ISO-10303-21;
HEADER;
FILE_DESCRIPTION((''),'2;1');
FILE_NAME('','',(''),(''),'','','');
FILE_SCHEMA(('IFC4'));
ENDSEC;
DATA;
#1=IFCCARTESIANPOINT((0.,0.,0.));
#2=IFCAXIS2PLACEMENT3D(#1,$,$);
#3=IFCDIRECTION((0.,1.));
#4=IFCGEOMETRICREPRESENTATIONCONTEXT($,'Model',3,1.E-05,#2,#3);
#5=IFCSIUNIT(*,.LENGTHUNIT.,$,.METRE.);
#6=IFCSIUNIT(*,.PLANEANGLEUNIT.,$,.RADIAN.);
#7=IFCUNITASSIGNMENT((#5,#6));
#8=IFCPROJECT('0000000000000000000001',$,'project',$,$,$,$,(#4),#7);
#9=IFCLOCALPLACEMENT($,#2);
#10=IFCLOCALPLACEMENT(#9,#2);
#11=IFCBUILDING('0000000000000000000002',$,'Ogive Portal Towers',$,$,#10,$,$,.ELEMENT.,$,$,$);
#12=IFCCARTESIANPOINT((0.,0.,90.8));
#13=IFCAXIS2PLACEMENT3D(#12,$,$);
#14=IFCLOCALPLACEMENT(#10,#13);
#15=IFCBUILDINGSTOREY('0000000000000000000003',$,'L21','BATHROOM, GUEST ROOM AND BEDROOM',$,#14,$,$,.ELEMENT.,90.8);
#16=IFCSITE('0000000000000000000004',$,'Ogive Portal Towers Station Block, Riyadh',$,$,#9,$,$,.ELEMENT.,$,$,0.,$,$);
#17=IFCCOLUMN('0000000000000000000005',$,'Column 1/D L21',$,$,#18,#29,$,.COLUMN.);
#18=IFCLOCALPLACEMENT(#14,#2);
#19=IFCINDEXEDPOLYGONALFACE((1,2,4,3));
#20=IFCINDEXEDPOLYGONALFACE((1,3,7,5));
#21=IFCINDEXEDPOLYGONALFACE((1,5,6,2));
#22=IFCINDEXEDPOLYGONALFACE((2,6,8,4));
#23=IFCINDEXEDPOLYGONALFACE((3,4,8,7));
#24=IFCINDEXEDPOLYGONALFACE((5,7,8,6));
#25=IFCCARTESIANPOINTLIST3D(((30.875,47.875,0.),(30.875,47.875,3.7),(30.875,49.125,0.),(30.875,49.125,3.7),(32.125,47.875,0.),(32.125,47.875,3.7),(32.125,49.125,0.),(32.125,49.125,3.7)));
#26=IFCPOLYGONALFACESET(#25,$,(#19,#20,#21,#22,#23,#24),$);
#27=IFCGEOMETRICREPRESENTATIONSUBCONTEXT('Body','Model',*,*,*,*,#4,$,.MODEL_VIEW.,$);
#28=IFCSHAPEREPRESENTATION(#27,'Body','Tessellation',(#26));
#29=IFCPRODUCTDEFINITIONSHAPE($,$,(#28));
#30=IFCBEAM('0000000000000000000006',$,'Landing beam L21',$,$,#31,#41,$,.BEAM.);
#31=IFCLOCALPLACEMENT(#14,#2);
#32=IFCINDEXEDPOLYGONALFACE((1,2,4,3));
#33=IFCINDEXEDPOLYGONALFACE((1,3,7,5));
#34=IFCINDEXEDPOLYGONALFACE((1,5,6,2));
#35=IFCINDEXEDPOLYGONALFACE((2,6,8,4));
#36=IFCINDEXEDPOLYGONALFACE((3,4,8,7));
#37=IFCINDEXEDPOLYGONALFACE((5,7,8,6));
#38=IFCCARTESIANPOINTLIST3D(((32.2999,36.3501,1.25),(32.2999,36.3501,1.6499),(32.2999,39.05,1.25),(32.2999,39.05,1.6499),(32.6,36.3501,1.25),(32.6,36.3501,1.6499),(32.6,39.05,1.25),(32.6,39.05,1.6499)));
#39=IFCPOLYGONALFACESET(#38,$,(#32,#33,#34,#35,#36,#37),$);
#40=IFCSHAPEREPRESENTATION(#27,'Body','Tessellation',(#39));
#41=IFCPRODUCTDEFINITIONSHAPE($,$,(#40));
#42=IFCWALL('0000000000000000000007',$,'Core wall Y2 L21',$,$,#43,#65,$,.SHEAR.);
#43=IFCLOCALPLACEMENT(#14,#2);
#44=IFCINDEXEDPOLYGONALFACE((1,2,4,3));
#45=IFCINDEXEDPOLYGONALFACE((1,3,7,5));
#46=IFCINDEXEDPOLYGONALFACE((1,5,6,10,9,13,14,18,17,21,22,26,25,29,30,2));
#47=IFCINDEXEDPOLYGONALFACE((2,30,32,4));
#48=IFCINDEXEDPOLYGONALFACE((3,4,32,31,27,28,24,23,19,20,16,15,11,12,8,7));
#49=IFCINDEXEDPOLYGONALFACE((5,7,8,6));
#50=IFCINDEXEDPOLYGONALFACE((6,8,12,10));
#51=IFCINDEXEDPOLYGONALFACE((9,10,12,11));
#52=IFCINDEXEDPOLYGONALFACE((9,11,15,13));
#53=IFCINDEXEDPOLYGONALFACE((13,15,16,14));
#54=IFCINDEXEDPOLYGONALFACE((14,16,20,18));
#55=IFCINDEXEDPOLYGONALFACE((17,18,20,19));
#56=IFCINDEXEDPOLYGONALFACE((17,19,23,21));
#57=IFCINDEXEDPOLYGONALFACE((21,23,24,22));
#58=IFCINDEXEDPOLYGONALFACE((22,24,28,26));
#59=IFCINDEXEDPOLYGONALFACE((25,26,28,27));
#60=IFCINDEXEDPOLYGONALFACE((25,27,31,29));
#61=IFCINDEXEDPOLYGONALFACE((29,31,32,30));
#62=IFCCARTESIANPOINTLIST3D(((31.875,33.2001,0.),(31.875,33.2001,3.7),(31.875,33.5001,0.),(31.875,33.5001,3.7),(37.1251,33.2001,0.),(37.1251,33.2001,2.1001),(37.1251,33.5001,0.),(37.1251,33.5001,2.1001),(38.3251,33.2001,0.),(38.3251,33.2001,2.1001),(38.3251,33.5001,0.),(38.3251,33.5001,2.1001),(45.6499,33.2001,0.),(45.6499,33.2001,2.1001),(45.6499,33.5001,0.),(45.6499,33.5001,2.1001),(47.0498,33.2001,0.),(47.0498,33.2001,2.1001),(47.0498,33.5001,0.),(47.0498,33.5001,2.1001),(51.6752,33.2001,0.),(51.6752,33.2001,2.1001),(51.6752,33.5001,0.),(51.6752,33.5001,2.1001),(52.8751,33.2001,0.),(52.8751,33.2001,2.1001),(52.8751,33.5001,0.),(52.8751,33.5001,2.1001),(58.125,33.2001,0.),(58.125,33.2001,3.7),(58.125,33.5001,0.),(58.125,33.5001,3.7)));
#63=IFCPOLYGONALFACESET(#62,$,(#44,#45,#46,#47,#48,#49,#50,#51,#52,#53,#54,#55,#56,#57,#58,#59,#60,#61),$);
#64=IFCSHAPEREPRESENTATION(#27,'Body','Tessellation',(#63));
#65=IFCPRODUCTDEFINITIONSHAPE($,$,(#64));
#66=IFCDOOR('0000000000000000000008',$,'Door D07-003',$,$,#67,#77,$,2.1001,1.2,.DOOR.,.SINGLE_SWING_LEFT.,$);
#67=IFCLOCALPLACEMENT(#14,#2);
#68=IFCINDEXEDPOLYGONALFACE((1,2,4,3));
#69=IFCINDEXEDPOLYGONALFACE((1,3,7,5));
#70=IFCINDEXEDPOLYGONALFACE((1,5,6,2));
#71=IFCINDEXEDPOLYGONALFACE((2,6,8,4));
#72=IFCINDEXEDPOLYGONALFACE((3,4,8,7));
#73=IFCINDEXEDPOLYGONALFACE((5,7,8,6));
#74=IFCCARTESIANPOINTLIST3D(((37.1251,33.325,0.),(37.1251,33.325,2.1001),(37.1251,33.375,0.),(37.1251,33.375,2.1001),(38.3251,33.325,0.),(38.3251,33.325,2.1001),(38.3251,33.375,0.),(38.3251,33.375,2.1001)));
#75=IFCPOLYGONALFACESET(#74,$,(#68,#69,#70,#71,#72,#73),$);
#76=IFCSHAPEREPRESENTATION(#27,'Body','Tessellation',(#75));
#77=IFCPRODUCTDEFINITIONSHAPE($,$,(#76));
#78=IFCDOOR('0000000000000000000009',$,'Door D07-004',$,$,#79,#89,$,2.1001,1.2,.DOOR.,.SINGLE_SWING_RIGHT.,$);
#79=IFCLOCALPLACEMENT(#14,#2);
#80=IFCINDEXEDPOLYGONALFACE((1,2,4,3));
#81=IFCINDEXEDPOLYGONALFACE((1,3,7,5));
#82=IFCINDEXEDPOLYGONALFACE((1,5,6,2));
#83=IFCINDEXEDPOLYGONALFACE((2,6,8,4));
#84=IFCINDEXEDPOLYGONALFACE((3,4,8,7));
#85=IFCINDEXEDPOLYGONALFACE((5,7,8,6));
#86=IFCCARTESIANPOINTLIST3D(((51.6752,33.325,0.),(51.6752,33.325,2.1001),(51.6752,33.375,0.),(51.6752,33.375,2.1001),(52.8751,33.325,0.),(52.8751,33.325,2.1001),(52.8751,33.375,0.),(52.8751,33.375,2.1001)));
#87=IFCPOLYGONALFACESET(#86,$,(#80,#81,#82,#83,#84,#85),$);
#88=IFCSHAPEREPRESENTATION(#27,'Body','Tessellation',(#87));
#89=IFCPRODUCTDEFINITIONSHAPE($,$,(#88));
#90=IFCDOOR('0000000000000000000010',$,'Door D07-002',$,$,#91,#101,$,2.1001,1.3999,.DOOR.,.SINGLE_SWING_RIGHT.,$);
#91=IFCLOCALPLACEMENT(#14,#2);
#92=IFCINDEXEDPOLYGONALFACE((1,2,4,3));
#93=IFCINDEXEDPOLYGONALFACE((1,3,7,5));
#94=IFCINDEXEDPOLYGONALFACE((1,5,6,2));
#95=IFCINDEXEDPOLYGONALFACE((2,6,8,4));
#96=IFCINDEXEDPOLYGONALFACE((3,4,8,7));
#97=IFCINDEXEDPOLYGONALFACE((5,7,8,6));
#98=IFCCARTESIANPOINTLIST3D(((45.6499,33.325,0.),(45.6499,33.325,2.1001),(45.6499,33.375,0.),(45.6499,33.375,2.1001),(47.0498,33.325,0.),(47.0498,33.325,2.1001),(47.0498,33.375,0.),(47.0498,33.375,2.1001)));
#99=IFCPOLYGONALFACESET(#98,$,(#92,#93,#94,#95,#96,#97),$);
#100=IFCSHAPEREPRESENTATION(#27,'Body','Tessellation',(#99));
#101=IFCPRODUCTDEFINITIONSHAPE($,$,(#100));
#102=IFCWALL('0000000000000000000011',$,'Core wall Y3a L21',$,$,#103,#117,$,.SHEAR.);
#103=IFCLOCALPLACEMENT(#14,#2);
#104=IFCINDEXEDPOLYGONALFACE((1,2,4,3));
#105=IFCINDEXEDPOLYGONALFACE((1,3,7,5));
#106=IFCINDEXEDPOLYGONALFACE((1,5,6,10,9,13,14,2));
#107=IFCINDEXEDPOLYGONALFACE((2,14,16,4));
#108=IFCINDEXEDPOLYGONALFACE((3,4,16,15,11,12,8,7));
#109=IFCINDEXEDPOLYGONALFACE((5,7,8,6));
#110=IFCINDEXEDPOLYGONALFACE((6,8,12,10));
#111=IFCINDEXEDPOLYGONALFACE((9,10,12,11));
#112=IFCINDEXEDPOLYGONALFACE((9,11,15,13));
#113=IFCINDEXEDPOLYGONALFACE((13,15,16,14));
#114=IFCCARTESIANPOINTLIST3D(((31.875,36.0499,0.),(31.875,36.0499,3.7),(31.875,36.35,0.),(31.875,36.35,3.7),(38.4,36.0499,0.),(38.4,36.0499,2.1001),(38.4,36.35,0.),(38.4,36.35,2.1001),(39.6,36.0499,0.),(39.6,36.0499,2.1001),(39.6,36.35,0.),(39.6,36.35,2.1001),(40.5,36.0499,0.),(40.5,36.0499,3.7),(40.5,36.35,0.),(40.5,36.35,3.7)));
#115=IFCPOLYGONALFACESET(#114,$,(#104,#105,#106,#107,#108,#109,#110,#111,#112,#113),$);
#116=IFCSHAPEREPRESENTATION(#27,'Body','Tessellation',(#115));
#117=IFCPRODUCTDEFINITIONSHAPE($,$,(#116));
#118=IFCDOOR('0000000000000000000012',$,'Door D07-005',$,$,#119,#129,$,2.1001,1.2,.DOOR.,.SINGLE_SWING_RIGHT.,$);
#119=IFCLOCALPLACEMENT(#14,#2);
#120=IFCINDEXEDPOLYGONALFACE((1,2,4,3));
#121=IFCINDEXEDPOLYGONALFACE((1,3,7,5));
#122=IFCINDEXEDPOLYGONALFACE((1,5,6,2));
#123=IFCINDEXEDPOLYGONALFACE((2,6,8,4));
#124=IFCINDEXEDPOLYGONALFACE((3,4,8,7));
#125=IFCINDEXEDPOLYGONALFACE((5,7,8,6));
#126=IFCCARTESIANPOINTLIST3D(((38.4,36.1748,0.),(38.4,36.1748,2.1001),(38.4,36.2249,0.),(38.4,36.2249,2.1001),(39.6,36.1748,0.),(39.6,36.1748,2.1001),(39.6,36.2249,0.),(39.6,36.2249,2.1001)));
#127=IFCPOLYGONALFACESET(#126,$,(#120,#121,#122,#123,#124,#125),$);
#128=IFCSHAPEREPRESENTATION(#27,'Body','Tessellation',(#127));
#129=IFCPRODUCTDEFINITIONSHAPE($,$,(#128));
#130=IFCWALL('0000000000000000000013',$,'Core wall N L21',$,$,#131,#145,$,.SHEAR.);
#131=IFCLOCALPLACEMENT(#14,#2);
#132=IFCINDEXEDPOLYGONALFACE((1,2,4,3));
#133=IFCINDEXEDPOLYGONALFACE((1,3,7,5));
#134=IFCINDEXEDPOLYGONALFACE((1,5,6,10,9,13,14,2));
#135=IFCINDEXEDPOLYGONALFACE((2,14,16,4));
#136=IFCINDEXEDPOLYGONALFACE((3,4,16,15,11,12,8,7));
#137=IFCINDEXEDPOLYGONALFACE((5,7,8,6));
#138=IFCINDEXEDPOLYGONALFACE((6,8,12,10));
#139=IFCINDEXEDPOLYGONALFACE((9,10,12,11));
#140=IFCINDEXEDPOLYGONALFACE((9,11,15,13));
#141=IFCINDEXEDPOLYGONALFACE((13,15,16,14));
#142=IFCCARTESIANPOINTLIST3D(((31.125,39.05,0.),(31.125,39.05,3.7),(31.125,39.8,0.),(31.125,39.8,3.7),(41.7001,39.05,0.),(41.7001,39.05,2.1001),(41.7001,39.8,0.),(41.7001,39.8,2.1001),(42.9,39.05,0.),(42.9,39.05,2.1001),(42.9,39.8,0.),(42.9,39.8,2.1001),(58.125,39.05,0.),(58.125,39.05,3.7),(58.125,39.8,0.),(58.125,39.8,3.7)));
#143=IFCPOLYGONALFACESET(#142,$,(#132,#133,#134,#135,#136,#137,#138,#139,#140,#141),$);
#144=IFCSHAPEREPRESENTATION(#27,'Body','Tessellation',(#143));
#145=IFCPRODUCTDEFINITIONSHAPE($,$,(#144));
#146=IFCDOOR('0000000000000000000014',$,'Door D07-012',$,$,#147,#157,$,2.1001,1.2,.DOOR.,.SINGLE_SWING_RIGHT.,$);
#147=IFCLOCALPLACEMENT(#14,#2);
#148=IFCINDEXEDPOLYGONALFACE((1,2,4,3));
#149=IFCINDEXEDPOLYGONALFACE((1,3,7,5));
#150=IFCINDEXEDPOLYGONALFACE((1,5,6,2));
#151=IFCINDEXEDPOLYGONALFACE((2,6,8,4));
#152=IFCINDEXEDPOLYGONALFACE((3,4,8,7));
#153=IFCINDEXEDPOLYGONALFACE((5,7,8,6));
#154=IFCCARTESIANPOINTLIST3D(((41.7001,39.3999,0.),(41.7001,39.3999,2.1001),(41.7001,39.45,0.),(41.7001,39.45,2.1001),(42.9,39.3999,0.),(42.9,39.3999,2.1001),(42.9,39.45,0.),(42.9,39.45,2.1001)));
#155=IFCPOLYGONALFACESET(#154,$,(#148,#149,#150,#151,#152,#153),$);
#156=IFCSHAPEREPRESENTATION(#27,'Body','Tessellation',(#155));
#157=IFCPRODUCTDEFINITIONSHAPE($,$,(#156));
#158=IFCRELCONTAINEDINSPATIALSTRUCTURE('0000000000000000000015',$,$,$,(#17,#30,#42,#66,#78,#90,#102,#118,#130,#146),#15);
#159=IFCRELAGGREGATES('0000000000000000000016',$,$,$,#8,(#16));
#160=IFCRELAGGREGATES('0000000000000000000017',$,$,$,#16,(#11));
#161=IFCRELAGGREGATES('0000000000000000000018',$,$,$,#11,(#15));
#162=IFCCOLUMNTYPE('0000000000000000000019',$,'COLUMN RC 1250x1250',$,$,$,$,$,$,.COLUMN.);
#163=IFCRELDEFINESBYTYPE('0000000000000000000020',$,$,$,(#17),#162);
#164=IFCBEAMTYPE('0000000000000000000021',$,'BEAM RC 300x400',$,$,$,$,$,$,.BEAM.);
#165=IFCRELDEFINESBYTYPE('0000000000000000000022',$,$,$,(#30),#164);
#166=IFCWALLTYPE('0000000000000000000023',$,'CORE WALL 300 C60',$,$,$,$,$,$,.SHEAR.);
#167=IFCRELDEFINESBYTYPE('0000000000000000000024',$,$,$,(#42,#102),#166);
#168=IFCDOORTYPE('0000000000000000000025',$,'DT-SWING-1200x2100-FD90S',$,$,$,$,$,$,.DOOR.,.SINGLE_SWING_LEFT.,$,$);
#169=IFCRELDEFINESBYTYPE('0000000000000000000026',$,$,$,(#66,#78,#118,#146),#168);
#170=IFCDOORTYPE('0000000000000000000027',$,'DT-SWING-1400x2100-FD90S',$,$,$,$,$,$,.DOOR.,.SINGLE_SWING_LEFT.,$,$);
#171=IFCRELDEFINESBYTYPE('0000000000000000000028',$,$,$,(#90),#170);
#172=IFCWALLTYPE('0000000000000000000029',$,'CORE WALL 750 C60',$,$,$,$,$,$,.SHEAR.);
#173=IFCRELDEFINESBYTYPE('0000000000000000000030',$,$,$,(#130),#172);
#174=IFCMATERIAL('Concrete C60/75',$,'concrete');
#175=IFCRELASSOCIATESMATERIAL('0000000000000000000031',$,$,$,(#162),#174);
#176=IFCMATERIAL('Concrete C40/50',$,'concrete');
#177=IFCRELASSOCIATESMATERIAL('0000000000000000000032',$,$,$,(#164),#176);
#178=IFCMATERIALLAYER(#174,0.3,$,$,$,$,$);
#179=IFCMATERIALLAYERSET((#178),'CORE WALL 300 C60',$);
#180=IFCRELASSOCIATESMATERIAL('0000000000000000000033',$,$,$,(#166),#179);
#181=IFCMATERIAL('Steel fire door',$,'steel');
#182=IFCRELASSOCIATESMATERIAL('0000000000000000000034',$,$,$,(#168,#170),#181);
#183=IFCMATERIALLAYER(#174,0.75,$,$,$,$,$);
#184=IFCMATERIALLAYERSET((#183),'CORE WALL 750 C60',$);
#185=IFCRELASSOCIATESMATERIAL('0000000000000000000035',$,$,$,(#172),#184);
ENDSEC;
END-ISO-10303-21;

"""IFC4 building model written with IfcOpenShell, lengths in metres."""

from ifc_helpers import new_model, si_unit, direction, frame, frame_2d, origin, origin_2d, place, context, subcontext, project, spatial, rectangle, extrude, material, layer, layer_set, material_profile, profile_set, type_object, element, fill, save


model = new_model("IFC4")

# Units and contexts
model_context = context("Model", 3, precision=1e-05, world=origin(), true_north=direction((0.0, 1.0)))
body_context = subcontext(model_context, "Body", "Model", "MODEL_VIEW")
ifc_project = project(units=[si_unit("LENGTHUNIT", "METRE"), si_unit("PLANEANGLEUNIT", "RADIAN")], contexts=[model_context])

# Site, building, storey
site_placement = place(None, origin())
site = spatial("IfcSite", under=ifc_project, at=site_placement, Name="Ogive Portal Towers Station Block, Riyadh", CompositionType="ELEMENT", RefElevation=0.0)
building_placement = place(site_placement, origin())
building = spatial("IfcBuilding", under=site, at=building_placement, Name="Ogive Portal Towers", CompositionType="ELEMENT")
storey_placement = place(building_placement, frame((0.0, 0.0, 90.8)))
storey = spatial("IfcBuildingStorey", under=building, at=storey_placement, Name="L21", Description="BATHROOM, GUEST ROOM AND BEDROOM", CompositionType="ELEMENT", Elevation=90.8)

# Column
ifc_material_1 = material(Name="Concrete C60/75", Category="concrete")
ifc_material_profile_1 = material_profile(ifc_material_1, rectangle(XDim=1.25, YDim=1.25, at=origin_2d()), Name="RC 1250x1250")
ifc_profile_set_1 = profile_set([ifc_material_profile_1], Name="Concrete C60/75")
column_type = type_object("IfcColumnType", Name="COLUMN RC 1250x1250", PredefinedType="COLUMN", material=ifc_profile_set_1)
column_placement = place(storey_placement, frame((31.5, 48.5, 0.0), z_axis=(0.0, 0.0, 1.0), x_axis=(1.0, 0.0, 0.0)))
element("IfcColumn", 1, at=column_placement, inside=storey, type_object=column_type, Name="Column 1/D L21", PredefinedType="COLUMN", context=body_context, shape_type="SweptSolid", body=[
    extrude(rectangle(XDim=1.25, YDim=1.25, at=origin_2d()), origin(), (0.0, 0.0, 1.0), 3.7),
])

# Beam
ifc_material_2 = material(Name="Concrete C40/50", Category="concrete")
ifc_material_profile_2 = material_profile(ifc_material_2, rectangle(XDim=0.3, YDim=0.3999, at=origin_2d()), Name="RC 300x400")
ifc_profile_set_2 = profile_set([ifc_material_profile_2], Name="Concrete C40/50")
beam_type = type_object("IfcBeamType", Name="BEAM RC 300x400", PredefinedType="BEAM", material=ifc_profile_set_2)
beam_placement = place(storey_placement, frame((32.45, 36.3501, 1.45), z_axis=(0.0, 1.0, 0.0), x_axis=(-1.0, 0.0, 0.0)))
element("IfcBeam", 2, at=beam_placement, inside=storey, type_object=beam_type, Name="Landing beam L21", PredefinedType="BEAM", context=body_context, shape_type="SweptSolid", body=[
    extrude(rectangle(XDim=0.3, YDim=0.3999, at=origin_2d()), origin(), (0.0, 0.0, 1.0), 2.7),
])

# Wall, openings, doors
ifc_layer_1 = layer(ifc_material_1, 0.3)
ifc_layer_set_1 = layer_set([ifc_layer_1], Name="CORE WALL 300 C60")
wall_type_1 = type_object("IfcWallType", Name="CORE WALL 300 C60", PredefinedType="SHEAR", material=ifc_layer_set_1)
wall_1_placement = place(storey_placement, frame((31.875, 33.3501, 0.0), z_axis=(0.0, 0.0, 1.0), x_axis=(1.0, 0.0, 0.0)))
wall_1 = element("IfcWall", 3, at=wall_1_placement, inside=storey, type_object=wall_type_1, Name="Core wall Y2 L21", PredefinedType="SHEAR", context=body_context, shape_type="SweptSolid", body=[
    extrude(rectangle(XDim=26.25, YDim=0.3, at=frame_2d((13.125, 0.0))), origin(), (0.0, 0.0, 1.0), 3.7),
])
opening_1_placement = place(wall_1_placement, frame((13.7749, 0.0, 0.0)))
opening_1 = element("IfcOpeningElement", 4, at=opening_1_placement, cuts=wall_1, PredefinedType="OPENING", context=body_context, shape_type="SweptSolid", body=[
    extrude(rectangle(XDim=1.3999, YDim=2.1001, at=frame_2d((0.7, 1.05))), frame((0.0, 0.1602, 0.0), z_axis=(0.0, -1.0, 0.0), x_axis=(1.0, 0.0, 0.0)), (0.0, 0.0, 1.0), 0.3201),
])
opening_2_placement = place(wall_1_placement, frame((5.25, 0.0, 0.0)))
opening_2 = element("IfcOpeningElement", 5, at=opening_2_placement, cuts=wall_1, PredefinedType="OPENING", context=body_context, shape_type="SweptSolid", body=[
    extrude(rectangle(XDim=1.2, YDim=2.1001, at=frame_2d((0.6001, 1.05))), frame((0.0, 0.1602, 0.0), z_axis=(0.0, -1.0, 0.0), x_axis=(1.0, 0.0, 0.0)), (0.0, 0.0, 1.0), 0.3201),
])
opening_3_placement = place(wall_1_placement, frame((19.8, 0.0, 0.0)))
opening_3 = element("IfcOpeningElement", 6, at=opening_3_placement, cuts=wall_1, PredefinedType="OPENING", context=body_context, shape_type="SweptSolid", body=[
    extrude(rectangle(XDim=1.2, YDim=2.1001, at=frame_2d((0.6001, 1.05))), frame((0.0, 0.1602, 0.0), z_axis=(0.0, -1.0, 0.0), x_axis=(1.0, 0.0, 0.0)), (0.0, 0.0, 1.0), 0.3201),
])
ifc_material_3 = material(Name="Steel fire door", Category="steel")
door_type_1 = type_object("IfcDoorType", Name="DT-SWING-1200x2100-FD90S", OperationType="SINGLE_SWING_LEFT", PredefinedType="DOOR", material=ifc_material_3)
door_1_placement = place(opening_2_placement, origin())
door_1 = element("IfcDoor", 7, at=door_1_placement, inside=storey, type_object=door_type_1, Name="Door D07-003", OperationType="SINGLE_SWING_LEFT", OverallHeight=2.1001, OverallWidth=1.2, PredefinedType="DOOR", context=body_context, shape_type="SweptSolid", body=[
    extrude(rectangle(XDim=1.2, YDim=2.1001, at=frame_2d((0.6001, 1.05))), frame((0.0, 0.0249, 0.0), z_axis=(0.0, -1.0, 0.0), x_axis=(1.0, 0.0, 0.0)), (0.0, 0.0, 1.0), 0.05),
])
fill(opening_2, door_1)
door_2_placement = place(opening_3_placement, origin())
door_2 = element("IfcDoor", 8, at=door_2_placement, inside=storey, type_object=door_type_1, Name="Door D07-004", OperationType="SINGLE_SWING_RIGHT", OverallHeight=2.1001, OverallWidth=1.2, PredefinedType="DOOR", context=body_context, shape_type="SweptSolid", body=[
    extrude(rectangle(XDim=1.2, YDim=2.1001, at=frame_2d((0.6001, 1.05))), frame((0.0, 0.0249, 0.0), z_axis=(0.0, -1.0, 0.0), x_axis=(1.0, 0.0, 0.0)), (0.0, 0.0, 1.0), 0.05),
])
fill(opening_3, door_2)
door_type_2 = type_object("IfcDoorType", Name="DT-SWING-1400x2100-FD90S", OperationType="SINGLE_SWING_LEFT", PredefinedType="DOOR", material=ifc_material_3)
door_3_placement = place(opening_1_placement, origin())
door_3 = element("IfcDoor", 9, at=door_3_placement, inside=storey, type_object=door_type_2, Name="Door D07-002", OperationType="SINGLE_SWING_RIGHT", OverallHeight=2.1001, OverallWidth=1.3999, PredefinedType="DOOR", context=body_context, shape_type="SweptSolid", body=[
    extrude(rectangle(XDim=1.3999, YDim=2.1001, at=frame_2d((0.7, 1.05))), frame((0.0, 0.0249, 0.0), z_axis=(0.0, -1.0, 0.0), x_axis=(1.0, 0.0, 0.0)), (0.0, 0.0, 1.0), 0.05),
])
fill(opening_1, door_3)

# Walls, openings, doors
wall_2_placement = place(storey_placement, frame((31.875, 36.2, 0.0), z_axis=(0.0, 0.0, 1.0), x_axis=(1.0, 0.0, 0.0)))
wall_2 = element("IfcWall", 10, at=wall_2_placement, inside=storey, type_object=wall_type_1, Name="Core wall Y3a L21", PredefinedType="SHEAR", context=body_context, shape_type="SweptSolid", body=[
    extrude(rectangle(XDim=8.625, YDim=0.3, at=frame_2d((4.3125, 0.0))), origin(), (0.0, 0.0, 1.0), 3.7),
])
opening_4_placement = place(wall_2_placement, frame((6.5249, 0.0, 0.0)))
opening_4 = element("IfcOpeningElement", 11, at=opening_4_placement, cuts=wall_2, PredefinedType="OPENING", context=body_context, shape_type="SweptSolid", body=[
    extrude(rectangle(XDim=1.2, YDim=2.1001, at=frame_2d((0.6001, 1.05))), frame((0.0, 0.1602, 0.0), z_axis=(0.0, -1.0, 0.0), x_axis=(1.0, 0.0, 0.0)), (0.0, 0.0, 1.0), 0.3201),
])
door_4_placement = place(opening_4_placement, origin())
door_4 = element("IfcDoor", 12, at=door_4_placement, inside=storey, type_object=door_type_1, Name="Door D07-005", OperationType="SINGLE_SWING_RIGHT", OverallHeight=2.1001, OverallWidth=1.2, PredefinedType="DOOR", context=body_context, shape_type="SweptSolid", body=[
    extrude(rectangle(XDim=1.2, YDim=2.1001, at=frame_2d((0.6001, 1.05))), frame((0.0, 0.0249, 0.0), z_axis=(0.0, -1.0, 0.0), x_axis=(1.0, 0.0, 0.0)), (0.0, 0.0, 1.0), 0.05),
])
fill(opening_4, door_4)
ifc_layer_2 = layer(ifc_material_1, 0.75)
ifc_layer_set_2 = layer_set([ifc_layer_2], Name="CORE WALL 750 C60")
wall_type_2 = type_object("IfcWallType", Name="CORE WALL 750 C60", PredefinedType="SHEAR", material=ifc_layer_set_2)
wall_3_placement = place(storey_placement, frame((31.125, 39.425, 0.0), z_axis=(0.0, 0.0, 1.0), x_axis=(1.0, 0.0, 0.0)))
wall_3 = element("IfcWall", 13, at=wall_3_placement, inside=storey, type_object=wall_type_2, Name="Core wall N L21", PredefinedType="SHEAR", context=body_context, shape_type="SweptSolid", body=[
    extrude(rectangle(XDim=27.0, YDim=0.75, at=frame_2d((13.5, 0.0))), origin(), (0.0, 0.0, 1.0), 3.7),
])
opening_5_placement = place(wall_3_placement, frame((10.575, 0.0, 0.0)))
opening_5 = element("IfcOpeningElement", 14, at=opening_5_placement, cuts=wall_3, PredefinedType="OPENING", context=body_context, shape_type="SweptSolid", body=[
    extrude(rectangle(XDim=1.2, YDim=2.1001, at=frame_2d((0.6001, 1.05))), frame((0.0, 0.385, 0.0), z_axis=(0.0, -1.0, 0.0), x_axis=(1.0, 0.0, 0.0)), (0.0, 0.0, 1.0), 0.77),
])
door_5_placement = place(opening_5_placement, origin())
door_5 = element("IfcDoor", 15, at=door_5_placement, inside=storey, type_object=door_type_1, Name="Door D07-012", OperationType="SINGLE_SWING_RIGHT", OverallHeight=2.1001, OverallWidth=1.2, PredefinedType="DOOR", context=body_context, shape_type="SweptSolid", body=[
    extrude(rectangle(XDim=1.2, YDim=2.1001, at=frame_2d((0.6001, 1.05))), frame((0.0, 0.0249, 0.0), z_axis=(0.0, -1.0, 0.0), x_axis=(1.0, 0.0, 0.0)), (0.0, 0.0, 1.0), 0.05),
])
fill(opening_5, door_5)

save(model, "model.ifc")
